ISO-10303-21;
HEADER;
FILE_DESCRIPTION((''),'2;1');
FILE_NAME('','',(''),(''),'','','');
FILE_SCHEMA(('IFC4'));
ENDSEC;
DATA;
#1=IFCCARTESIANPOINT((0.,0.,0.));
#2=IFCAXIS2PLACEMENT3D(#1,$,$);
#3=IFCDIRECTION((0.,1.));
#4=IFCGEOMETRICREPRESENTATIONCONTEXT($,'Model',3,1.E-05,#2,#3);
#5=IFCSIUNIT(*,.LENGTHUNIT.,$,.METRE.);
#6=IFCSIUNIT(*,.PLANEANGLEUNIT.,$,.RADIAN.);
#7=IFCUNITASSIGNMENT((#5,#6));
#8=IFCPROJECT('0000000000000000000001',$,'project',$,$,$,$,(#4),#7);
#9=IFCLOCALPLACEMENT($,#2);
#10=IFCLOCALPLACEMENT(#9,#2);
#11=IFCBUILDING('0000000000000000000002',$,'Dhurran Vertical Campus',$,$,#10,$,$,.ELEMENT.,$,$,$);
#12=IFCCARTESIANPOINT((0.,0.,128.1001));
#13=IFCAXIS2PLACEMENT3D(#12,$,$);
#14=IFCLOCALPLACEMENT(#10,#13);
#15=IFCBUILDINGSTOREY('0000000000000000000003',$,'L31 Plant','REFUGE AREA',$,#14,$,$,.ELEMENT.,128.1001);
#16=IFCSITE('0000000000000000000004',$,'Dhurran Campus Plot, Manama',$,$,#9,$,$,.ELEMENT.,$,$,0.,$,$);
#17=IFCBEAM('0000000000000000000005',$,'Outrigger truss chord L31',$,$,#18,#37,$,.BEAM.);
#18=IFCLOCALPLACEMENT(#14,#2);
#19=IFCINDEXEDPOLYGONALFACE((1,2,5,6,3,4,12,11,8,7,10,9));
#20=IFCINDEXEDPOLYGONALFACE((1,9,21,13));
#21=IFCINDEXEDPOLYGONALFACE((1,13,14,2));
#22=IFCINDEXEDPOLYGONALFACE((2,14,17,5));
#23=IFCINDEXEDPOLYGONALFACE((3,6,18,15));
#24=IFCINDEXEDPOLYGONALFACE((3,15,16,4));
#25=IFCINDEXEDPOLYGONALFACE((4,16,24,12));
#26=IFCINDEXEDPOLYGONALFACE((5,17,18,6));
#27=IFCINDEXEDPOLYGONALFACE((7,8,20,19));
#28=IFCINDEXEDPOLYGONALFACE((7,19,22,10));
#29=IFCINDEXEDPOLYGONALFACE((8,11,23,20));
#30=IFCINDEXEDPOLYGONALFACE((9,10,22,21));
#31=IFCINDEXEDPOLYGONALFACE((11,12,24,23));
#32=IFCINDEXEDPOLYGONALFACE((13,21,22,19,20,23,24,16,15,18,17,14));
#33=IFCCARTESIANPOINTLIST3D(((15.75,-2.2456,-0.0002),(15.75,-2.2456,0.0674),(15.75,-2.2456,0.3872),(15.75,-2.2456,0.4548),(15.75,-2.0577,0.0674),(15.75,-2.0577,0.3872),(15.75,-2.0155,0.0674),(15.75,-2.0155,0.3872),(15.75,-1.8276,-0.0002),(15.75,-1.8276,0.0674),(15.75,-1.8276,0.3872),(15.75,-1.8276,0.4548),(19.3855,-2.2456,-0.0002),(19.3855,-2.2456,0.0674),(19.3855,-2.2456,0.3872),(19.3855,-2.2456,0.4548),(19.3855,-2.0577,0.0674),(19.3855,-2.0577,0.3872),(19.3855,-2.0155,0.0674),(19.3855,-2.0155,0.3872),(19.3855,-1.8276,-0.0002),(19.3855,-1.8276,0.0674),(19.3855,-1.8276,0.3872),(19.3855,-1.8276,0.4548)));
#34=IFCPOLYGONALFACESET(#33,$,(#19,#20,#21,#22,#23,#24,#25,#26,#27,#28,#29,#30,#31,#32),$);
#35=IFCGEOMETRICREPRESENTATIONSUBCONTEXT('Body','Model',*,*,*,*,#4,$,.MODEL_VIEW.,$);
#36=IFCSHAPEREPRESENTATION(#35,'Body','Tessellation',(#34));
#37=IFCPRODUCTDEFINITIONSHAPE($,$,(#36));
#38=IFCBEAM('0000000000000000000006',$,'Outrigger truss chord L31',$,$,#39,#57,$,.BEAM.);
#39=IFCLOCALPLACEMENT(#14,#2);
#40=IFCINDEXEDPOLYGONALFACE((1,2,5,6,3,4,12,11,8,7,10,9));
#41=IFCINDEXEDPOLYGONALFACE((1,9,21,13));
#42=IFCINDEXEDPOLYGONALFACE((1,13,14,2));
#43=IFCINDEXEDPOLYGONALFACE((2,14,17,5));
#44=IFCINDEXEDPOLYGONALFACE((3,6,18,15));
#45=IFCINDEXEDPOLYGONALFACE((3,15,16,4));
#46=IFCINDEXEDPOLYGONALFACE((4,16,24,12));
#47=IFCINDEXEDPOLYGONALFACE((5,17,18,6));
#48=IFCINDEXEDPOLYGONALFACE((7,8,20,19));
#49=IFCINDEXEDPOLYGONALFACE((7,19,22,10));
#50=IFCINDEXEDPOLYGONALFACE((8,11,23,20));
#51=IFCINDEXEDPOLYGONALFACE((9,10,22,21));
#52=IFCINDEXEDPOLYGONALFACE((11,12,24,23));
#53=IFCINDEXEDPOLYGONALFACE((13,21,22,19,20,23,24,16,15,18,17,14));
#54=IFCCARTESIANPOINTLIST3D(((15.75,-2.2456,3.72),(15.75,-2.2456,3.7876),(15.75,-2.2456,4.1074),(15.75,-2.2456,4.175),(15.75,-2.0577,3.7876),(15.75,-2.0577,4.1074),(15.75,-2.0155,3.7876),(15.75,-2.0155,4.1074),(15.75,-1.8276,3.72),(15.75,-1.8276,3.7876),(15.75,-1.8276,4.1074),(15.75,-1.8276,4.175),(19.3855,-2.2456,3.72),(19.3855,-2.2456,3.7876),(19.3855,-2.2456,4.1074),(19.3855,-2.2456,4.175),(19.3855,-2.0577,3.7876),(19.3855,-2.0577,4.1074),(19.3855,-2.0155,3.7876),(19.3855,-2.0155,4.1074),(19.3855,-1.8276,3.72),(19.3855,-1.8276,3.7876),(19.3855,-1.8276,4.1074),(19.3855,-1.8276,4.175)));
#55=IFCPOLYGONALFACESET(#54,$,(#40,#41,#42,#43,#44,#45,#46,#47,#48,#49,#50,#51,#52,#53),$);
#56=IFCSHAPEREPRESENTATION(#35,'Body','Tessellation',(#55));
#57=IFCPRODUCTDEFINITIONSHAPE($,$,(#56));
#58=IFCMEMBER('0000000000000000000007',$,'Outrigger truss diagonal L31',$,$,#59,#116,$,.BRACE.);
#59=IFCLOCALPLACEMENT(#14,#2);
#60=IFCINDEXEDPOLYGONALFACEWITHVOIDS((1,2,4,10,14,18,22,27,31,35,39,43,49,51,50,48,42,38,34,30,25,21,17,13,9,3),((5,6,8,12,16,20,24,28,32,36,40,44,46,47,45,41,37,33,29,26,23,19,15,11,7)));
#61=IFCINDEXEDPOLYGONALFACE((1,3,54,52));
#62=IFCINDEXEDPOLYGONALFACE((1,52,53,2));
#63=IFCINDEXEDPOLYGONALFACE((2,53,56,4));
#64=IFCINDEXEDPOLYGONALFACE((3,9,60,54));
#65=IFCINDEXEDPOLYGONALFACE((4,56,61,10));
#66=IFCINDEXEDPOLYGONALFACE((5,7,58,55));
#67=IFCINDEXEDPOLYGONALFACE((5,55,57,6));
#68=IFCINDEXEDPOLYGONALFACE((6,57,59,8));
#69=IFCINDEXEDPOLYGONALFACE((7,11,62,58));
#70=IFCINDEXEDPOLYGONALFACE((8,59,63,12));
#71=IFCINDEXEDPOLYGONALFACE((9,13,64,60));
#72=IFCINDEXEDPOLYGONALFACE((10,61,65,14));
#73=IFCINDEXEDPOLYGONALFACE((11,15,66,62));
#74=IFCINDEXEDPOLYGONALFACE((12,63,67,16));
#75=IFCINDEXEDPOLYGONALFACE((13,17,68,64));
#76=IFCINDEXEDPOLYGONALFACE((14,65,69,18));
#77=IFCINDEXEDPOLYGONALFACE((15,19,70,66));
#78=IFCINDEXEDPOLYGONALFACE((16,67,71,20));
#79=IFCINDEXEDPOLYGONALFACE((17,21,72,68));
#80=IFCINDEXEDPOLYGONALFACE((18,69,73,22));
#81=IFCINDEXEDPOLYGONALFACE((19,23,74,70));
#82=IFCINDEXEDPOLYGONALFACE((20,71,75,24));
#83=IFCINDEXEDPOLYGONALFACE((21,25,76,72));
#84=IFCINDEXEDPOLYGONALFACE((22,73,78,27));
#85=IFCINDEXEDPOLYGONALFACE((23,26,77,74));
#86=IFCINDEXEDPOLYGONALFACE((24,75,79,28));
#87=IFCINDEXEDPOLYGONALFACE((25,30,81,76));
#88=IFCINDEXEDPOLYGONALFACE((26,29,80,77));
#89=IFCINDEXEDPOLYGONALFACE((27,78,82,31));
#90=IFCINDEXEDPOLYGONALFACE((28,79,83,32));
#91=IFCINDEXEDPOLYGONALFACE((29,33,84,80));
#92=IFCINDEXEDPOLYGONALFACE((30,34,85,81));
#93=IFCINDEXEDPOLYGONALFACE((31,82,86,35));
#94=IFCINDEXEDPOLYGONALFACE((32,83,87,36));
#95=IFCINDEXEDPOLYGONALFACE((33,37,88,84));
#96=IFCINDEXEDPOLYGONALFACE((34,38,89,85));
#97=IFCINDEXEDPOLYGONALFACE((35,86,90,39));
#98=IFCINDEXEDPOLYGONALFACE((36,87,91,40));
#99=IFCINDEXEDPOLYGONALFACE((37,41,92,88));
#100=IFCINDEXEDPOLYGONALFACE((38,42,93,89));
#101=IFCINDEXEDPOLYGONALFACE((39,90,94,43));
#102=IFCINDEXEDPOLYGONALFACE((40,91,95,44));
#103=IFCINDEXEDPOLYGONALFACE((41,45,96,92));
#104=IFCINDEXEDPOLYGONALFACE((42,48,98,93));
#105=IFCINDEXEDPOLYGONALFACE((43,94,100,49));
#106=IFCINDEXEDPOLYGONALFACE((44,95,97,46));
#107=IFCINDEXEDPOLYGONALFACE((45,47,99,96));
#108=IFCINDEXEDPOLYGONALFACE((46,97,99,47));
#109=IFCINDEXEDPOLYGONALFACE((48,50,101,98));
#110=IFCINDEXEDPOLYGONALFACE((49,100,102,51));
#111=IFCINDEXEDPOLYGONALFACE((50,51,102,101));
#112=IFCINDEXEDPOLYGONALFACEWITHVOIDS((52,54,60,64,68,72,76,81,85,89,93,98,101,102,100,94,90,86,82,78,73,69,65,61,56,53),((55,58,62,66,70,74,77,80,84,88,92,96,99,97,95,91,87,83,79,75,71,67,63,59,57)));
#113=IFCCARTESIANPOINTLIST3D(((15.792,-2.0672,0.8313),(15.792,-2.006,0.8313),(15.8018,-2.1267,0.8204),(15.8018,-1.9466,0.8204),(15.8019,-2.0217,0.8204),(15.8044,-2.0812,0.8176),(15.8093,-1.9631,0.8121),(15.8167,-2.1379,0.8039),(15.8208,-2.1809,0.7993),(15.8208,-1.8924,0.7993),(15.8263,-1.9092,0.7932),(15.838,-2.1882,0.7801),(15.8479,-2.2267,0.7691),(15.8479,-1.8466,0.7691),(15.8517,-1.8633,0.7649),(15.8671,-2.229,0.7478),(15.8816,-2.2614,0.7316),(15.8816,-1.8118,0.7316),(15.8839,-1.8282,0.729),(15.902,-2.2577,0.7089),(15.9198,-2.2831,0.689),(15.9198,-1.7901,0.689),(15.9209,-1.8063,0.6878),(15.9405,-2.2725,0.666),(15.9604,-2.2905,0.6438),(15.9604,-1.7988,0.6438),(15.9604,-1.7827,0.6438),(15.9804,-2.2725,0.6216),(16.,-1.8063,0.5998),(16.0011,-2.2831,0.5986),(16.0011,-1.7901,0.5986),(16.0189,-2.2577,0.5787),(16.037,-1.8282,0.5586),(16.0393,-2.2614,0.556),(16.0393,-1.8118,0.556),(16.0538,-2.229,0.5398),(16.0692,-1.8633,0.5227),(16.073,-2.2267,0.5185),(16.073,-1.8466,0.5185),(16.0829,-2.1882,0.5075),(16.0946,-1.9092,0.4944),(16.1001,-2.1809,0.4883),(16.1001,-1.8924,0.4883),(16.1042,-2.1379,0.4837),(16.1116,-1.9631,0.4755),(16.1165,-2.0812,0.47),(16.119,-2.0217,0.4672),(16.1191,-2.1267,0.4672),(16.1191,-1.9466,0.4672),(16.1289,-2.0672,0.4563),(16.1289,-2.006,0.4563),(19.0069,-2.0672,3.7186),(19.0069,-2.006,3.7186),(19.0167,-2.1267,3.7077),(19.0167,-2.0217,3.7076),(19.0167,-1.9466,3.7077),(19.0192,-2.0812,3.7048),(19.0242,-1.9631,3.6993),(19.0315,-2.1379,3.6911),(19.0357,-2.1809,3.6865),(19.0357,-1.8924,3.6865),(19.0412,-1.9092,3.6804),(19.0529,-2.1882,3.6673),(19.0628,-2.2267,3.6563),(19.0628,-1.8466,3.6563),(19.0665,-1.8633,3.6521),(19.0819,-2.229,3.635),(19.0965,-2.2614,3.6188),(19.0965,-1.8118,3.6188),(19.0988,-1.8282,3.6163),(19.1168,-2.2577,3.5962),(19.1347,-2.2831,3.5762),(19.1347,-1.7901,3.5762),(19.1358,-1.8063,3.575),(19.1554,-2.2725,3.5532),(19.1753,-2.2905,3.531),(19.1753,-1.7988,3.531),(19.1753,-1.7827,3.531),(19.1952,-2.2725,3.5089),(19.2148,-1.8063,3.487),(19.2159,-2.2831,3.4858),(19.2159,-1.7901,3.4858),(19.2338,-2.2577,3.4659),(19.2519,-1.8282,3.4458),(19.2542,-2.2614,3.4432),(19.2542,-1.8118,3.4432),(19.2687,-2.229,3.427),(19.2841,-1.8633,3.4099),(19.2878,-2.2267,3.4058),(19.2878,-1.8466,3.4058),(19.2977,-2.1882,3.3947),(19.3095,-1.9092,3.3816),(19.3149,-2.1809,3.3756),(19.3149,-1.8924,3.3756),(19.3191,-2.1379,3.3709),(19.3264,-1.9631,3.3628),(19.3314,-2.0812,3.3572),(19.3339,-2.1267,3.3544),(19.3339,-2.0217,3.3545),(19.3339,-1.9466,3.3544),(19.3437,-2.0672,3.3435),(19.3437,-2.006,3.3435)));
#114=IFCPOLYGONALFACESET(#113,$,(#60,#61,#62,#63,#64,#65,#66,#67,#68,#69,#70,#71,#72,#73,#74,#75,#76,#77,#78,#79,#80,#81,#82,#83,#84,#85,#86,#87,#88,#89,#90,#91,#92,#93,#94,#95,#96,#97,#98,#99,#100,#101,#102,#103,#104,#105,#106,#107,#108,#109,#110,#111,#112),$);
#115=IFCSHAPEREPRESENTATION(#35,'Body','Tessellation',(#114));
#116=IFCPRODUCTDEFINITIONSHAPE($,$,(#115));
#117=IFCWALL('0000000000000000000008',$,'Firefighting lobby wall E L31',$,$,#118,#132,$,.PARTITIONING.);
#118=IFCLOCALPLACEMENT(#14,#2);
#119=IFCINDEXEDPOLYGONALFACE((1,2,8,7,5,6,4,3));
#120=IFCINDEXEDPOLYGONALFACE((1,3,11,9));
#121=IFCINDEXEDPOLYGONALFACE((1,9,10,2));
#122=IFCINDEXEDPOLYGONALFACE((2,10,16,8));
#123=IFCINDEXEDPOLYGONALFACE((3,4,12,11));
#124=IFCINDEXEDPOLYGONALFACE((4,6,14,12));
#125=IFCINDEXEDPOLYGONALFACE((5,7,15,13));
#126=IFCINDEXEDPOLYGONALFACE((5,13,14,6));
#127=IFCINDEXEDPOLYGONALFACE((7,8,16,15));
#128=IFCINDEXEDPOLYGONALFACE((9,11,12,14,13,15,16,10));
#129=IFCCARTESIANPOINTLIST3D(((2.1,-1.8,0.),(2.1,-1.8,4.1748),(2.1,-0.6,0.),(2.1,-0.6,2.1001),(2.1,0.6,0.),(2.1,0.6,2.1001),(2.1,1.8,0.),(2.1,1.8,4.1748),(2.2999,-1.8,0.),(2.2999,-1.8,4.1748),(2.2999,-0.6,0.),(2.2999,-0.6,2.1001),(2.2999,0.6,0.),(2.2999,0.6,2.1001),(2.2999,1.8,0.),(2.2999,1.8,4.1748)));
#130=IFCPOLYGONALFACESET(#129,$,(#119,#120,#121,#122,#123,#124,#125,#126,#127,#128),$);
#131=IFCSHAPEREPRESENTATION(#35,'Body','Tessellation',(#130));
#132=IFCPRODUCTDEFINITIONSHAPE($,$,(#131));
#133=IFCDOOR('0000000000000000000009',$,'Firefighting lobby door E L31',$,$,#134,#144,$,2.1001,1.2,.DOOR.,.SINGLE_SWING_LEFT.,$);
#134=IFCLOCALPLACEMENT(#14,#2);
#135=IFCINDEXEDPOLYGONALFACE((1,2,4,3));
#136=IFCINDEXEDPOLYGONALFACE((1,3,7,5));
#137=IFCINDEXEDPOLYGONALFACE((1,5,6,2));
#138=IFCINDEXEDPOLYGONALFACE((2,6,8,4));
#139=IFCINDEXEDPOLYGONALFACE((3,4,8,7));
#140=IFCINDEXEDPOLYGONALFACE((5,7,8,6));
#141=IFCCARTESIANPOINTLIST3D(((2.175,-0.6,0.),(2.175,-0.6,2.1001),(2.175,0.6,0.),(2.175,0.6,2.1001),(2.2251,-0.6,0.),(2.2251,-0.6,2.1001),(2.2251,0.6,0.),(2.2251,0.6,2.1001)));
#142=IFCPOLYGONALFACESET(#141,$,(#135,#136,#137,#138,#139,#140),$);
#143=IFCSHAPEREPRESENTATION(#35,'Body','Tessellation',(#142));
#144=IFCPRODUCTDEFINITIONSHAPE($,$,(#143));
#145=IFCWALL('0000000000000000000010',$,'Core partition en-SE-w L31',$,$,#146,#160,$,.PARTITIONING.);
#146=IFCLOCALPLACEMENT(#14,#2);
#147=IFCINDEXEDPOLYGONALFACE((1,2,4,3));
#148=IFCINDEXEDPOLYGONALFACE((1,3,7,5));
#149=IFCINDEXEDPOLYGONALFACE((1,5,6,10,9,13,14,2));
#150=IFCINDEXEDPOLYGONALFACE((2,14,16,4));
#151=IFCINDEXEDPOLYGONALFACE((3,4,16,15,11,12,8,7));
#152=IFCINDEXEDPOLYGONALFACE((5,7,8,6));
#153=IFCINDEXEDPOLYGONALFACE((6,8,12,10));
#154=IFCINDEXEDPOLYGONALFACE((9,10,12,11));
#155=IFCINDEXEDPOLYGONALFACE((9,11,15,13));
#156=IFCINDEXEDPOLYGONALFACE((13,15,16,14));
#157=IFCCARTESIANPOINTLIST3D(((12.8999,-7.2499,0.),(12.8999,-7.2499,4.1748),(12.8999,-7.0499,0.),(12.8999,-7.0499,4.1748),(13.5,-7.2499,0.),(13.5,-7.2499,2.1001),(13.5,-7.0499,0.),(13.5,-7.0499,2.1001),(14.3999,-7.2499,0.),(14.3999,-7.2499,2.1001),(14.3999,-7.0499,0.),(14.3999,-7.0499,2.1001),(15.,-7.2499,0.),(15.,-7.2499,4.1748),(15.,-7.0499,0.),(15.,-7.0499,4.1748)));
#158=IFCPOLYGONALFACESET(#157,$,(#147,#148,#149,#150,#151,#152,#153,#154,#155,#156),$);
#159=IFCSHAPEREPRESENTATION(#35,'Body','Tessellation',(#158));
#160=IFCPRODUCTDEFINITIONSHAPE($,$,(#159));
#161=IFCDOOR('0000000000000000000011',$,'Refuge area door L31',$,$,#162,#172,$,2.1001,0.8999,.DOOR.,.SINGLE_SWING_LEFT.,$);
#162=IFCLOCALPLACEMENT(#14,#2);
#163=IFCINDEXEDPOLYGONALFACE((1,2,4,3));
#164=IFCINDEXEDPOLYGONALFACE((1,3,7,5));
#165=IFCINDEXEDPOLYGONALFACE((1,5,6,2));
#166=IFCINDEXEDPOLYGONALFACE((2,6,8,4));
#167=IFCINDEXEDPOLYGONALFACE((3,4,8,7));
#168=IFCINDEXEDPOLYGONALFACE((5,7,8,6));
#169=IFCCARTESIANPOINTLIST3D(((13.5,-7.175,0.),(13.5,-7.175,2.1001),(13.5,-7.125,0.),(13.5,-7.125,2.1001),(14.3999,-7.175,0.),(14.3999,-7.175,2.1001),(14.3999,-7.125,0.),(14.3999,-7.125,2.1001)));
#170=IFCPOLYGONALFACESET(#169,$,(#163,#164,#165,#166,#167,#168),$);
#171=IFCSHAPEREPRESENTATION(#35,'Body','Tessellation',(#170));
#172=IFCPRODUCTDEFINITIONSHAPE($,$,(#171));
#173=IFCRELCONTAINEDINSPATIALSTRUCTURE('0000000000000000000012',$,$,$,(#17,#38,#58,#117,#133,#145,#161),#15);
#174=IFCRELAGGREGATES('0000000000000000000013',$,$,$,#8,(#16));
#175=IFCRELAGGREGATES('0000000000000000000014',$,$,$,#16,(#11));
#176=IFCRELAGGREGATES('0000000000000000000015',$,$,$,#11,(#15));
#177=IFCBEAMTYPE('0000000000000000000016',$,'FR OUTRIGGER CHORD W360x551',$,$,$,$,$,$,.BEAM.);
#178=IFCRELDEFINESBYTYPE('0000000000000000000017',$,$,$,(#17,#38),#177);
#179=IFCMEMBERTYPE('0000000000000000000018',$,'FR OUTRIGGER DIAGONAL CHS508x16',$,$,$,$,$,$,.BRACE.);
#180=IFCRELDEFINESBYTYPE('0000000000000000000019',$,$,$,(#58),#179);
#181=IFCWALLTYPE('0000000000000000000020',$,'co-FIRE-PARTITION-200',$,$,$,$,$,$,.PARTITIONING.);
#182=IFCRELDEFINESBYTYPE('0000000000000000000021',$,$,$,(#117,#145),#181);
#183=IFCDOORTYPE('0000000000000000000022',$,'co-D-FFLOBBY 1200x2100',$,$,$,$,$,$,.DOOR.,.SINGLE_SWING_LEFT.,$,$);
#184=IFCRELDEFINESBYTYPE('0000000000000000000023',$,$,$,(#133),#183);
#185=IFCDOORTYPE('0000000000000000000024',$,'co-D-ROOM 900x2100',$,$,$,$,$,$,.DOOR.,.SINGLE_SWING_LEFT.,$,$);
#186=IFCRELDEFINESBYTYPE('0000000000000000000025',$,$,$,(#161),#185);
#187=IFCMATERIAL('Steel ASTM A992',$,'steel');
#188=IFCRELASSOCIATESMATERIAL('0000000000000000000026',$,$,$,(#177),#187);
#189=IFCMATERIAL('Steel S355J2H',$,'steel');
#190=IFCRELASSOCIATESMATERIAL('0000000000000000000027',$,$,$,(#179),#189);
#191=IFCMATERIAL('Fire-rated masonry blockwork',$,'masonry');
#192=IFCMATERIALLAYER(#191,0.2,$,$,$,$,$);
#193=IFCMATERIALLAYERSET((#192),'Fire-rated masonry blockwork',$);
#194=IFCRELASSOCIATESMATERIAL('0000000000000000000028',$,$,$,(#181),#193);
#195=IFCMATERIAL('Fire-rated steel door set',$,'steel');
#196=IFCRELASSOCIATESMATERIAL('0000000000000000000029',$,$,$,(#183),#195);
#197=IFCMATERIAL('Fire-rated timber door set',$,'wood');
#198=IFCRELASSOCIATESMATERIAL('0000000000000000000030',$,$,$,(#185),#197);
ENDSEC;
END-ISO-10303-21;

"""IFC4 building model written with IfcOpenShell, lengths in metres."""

from ifc_helpers import new_model, si_unit, direction, frame, frame_2d, origin, origin_2d, place, context, subcontext, project, spatial, rectangle, hollow_circle, i_section, extrude, material, layer, layer_set, material_profile, profile_set, type_object, element, fill, save


model = new_model("IFC4")

# Units and contexts
model_context = context("Model", 3, precision=1e-05, world=origin(), true_north=direction((0.0, 1.0)))
body_context = subcontext(model_context, "Body", "Model", "MODEL_VIEW")
ifc_project = project(units=[si_unit("LENGTHUNIT", "METRE"), si_unit("PLANEANGLEUNIT", "RADIAN")], contexts=[model_context])

# Site, building, storey
site_placement = place(None, origin())
site = spatial("IfcSite", under=ifc_project, at=site_placement, Name="Dhurran Campus Plot, Manama", CompositionType="ELEMENT", RefElevation=0.0)
building_placement = place(site_placement, origin())
building = spatial("IfcBuilding", under=site, at=building_placement, Name="Dhurran Vertical Campus", CompositionType="ELEMENT")
storey_placement = place(building_placement, frame((0.0, 0.0, 128.1001)))
storey = spatial("IfcBuildingStorey", under=building, at=storey_placement, Name="L31 Plant", Description="REFUGE AREA", CompositionType="ELEMENT", Elevation=128.1001)

# Beams
ifc_material_1 = material(Name="Steel ASTM A992", Category="steel")
ifc_material_profile_1 = material_profile(ifc_material_1, i_section(OverallWidth=0.418, OverallDepth=0.4551, WebThickness=0.0422, FlangeThickness=0.0676, at=origin_2d()), Name="W360x551")
ifc_profile_set_1 = profile_set([ifc_material_profile_1], Name="Steel ASTM A992")
beam_type = type_object("IfcBeamType", Name="FR OUTRIGGER CHORD W360x551", PredefinedType="BEAM", material=ifc_profile_set_1)
for number, where, z_axis, x_axis, name in (
    (1, (15.75, -2.0366, 0.2273), (1.0, 0.0, 0.0), (0.0, 1.0, 0.0), "Outrigger truss chord L31"),
    (2, (15.75, -2.0366, 3.9475), (1.0, 0.0, 0.0), (0.0, 1.0, 0.0), "Outrigger truss chord L31"),
):
    element("IfcBeam", number, at=place(storey_placement, frame(where, z_axis=z_axis, x_axis=x_axis)), inside=storey, type_object=beam_type, Name=name, PredefinedType="BEAM", context=body_context, shape_type="SweptSolid", body=[
        extrude(i_section(OverallWidth=0.418, OverallDepth=0.4551, WebThickness=0.0422, FlangeThickness=0.0676, at=origin_2d()), origin(), (0.0, 0.0, 1.0), 3.6355),
    ])

# Member
ifc_material_2 = material(Name="Steel S355J2H", Category="steel")
ifc_material_profile_2 = material_profile(ifc_material_2, hollow_circle(Radius=0.2539, WallThickness=0.0161, at=origin_2d()), Name="CHS508x16")
ifc_profile_set_2 = profile_set([ifc_material_profile_2], Name="Steel S355J2H")
member_type = type_object("IfcMemberType", Name="FR OUTRIGGER DIAGONAL CHS508x16", PredefinedType="BRACE", material=ifc_profile_set_2)
member_placement = place(storey_placement, frame((15.9604, -2.0366, 0.6438), z_axis=(0.744002, 0.0, 0.668178), x_axis=(0.0, 1.0, 0.0)))
element("IfcMember", 3, at=member_placement, inside=storey, type_object=member_type, Name="Outrigger truss diagonal L31", PredefinedType="BRACE", context=body_context, shape_type="SweptSolid", body=[
    extrude(hollow_circle(Radius=0.2539, WallThickness=0.0161, at=origin_2d()), origin(), (0.0, 0.0, 1.0), 4.321),
])

# Walls, openings, doors
ifc_material_3 = material(Name="Fire-rated masonry blockwork", Category="masonry")
ifc_layer_1 = layer(ifc_material_3, 0.2)
ifc_layer_set_1 = layer_set([ifc_layer_1], Name="Fire-rated masonry blockwork")
wall_type_1 = type_object("IfcWallType", Name="co-FIRE-PARTITION-200", PredefinedType="PARTITIONING", material=ifc_layer_set_1)
wall_1_placement = place(storey_placement, frame((2.2, -1.8, 0.0), z_axis=(0.0, 0.0, 1.0), x_axis=(0.0, 1.0, 0.0)))
wall_1 = element("IfcWall", 4, at=wall_1_placement, inside=storey, type_object=wall_type_1, Name="Firefighting lobby wall E L31", PredefinedType="PARTITIONING", context=body_context, shape_type="SweptSolid", body=[
    extrude(rectangle(XDim=3.6001, YDim=0.2, at=frame_2d((1.8, 0.0))), origin(), (0.0, 0.0, 1.0), 4.1748),
])
opening_1_placement = place(wall_1_placement, frame((1.2, 0.0, 0.0)))
opening_1 = element("IfcOpeningElement", 5, at=opening_1_placement, cuts=wall_1, PredefinedType="OPENING", context=body_context, shape_type="SweptSolid", body=[
    extrude(rectangle(XDim=1.2, YDim=2.1001, at=frame_2d((0.6001, 1.05))), frame((0.0, 0.1099, 0.0), z_axis=(0.0, -1.0, 0.0), x_axis=(1.0, 0.0, 0.0)), (0.0, 0.0, 1.0), 0.22),
])
ifc_material_4 = material(Name="Fire-rated steel door set", Category="steel")
door_type_1 = type_object("IfcDoorType", Name="co-D-FFLOBBY 1200x2100", OperationType="SINGLE_SWING_LEFT", PredefinedType="DOOR", material=ifc_material_4)
door_1_placement = place(opening_1_placement, origin())
door_1 = element("IfcDoor", 6, at=door_1_placement, inside=storey, type_object=door_type_1, Name="Firefighting lobby door E L31", OperationType="SINGLE_SWING_LEFT", OverallHeight=2.1001, OverallWidth=1.2, PredefinedType="DOOR", context=body_context, shape_type="SweptSolid", body=[
    extrude(rectangle(XDim=1.2, YDim=2.1001, at=frame_2d((0.6001, 1.05))), frame((0.0, 0.0249, 0.0), z_axis=(0.0, -1.0, 0.0), x_axis=(1.0, 0.0, 0.0)), (0.0, 0.0, 1.0), 0.05),
])
fill(opening_1, door_1)
wall_2_placement = place(storey_placement, frame((12.8999, -7.1499, 0.0), z_axis=(0.0, 0.0, 1.0), x_axis=(1.0, 0.0, 0.0)))
wall_2 = element("IfcWall", 7, at=wall_2_placement, inside=storey, type_object=wall_type_1, Name="Core partition en-SE-w L31", PredefinedType="PARTITIONING", context=body_context, shape_type="SweptSolid", body=[
    extrude(rectangle(XDim=2.1001, YDim=0.2, at=frame_2d((1.05, 0.0))), origin(), (0.0, 0.0, 1.0), 4.1748),
])
opening_2_placement = place(wall_2_placement, frame((0.6001, 0.0, 0.0)))
opening_2 = element("IfcOpeningElement", 8, at=opening_2_placement, cuts=wall_2, PredefinedType="OPENING", context=body_context, shape_type="SweptSolid", body=[
    extrude(rectangle(XDim=0.8999, YDim=2.1001, at=frame_2d((0.45, 1.05))), frame((0.0, 0.1099, 0.0), z_axis=(0.0, -1.0, 0.0), x_axis=(1.0, 0.0, 0.0)), (0.0, 0.0, 1.0), 0.22),
])
ifc_material_5 = material(Name="Fire-rated timber door set", Category="wood")
door_type_2 = type_object("IfcDoorType", Name="co-D-ROOM 900x2100", OperationType="SINGLE_SWING_LEFT", PredefinedType="DOOR", material=ifc_material_5)
door_2_placement = place(opening_2_placement, origin())
door_2 = element("IfcDoor", 9, at=door_2_placement, inside=storey, type_object=door_type_2, Name="Refuge area door L31", OperationType="SINGLE_SWING_LEFT", OverallHeight=2.1001, OverallWidth=0.8999, PredefinedType="DOOR", context=body_context, shape_type="SweptSolid", body=[
    extrude(rectangle(XDim=0.8999, YDim=2.1001, at=frame_2d((0.45, 1.05))), frame((0.0, 0.0249, 0.0), z_axis=(0.0, -1.0, 0.0), x_axis=(1.0, 0.0, 0.0)), (0.0, 0.0, 1.0), 0.05),
])
fill(opening_2, door_2)

save(model, "model.ifc")
